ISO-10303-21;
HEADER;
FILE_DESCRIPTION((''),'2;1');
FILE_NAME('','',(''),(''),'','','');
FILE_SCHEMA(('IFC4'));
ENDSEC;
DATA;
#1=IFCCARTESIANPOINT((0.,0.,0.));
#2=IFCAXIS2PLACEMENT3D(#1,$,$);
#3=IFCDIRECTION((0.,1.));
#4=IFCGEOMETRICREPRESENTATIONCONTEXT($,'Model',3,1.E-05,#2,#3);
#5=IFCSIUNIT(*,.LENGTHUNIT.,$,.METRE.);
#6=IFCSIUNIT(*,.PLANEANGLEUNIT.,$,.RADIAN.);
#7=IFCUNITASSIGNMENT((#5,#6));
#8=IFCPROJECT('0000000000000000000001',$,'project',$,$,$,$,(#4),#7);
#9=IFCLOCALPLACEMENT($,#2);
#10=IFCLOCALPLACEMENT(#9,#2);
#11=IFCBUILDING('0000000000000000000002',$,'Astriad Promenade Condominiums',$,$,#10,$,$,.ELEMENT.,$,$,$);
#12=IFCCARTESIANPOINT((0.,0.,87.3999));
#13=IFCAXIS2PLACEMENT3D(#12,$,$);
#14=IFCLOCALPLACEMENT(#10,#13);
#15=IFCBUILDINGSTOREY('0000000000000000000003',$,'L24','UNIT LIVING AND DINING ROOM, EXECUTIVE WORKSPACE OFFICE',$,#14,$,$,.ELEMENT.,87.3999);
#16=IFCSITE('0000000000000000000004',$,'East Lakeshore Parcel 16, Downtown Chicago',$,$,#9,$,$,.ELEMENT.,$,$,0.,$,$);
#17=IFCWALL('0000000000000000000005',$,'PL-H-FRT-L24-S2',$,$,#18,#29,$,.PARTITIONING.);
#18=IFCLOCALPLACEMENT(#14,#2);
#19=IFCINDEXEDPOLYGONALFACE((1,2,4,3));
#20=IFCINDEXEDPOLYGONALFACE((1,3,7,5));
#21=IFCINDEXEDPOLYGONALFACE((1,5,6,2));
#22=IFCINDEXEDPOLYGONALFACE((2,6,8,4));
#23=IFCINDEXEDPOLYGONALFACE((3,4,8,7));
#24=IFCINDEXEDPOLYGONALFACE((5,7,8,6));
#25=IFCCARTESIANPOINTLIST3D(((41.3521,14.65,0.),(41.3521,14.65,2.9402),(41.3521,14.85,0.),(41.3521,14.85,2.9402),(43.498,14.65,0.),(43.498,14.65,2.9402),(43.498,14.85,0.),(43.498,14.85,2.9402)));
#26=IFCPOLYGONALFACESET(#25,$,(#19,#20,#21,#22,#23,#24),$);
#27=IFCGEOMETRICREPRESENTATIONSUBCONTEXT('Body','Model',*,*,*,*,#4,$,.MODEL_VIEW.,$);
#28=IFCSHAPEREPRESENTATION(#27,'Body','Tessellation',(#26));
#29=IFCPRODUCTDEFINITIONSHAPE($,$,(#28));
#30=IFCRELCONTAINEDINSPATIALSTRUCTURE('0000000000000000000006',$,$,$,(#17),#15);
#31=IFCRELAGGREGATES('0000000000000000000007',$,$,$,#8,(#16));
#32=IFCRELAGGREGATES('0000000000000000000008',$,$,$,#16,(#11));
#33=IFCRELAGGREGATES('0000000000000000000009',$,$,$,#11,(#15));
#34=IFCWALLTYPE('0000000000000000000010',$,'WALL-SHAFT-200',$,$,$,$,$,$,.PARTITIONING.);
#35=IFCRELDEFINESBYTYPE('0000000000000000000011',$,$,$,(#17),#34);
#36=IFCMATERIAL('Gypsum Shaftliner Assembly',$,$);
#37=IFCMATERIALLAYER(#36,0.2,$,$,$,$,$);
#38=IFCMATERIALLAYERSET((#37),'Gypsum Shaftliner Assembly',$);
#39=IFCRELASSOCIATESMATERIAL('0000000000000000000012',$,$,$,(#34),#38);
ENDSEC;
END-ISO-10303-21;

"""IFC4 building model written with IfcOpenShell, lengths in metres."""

from ifc_helpers import new_model, si_unit, direction, frame, frame_2d, origin, place, context, subcontext, project, spatial, rectangle, extrude, material, layer, layer_set, type_object, element, save


model = new_model("IFC4")

# Units and contexts
model_context = context("Model", 3, precision=1e-05, world=origin(), true_north=direction((0.0, 1.0)))
body_context = subcontext(model_context, "Body", "Model", "MODEL_VIEW")
ifc_project = project(units=[si_unit("LENGTHUNIT", "METRE"), si_unit("PLANEANGLEUNIT", "RADIAN")], contexts=[model_context])

# Site, building, storey
site_placement = place(None, origin())
site = spatial("IfcSite", under=ifc_project, at=site_placement, Name="East Lakeshore Parcel 16, Downtown Chicago", CompositionType="ELEMENT", RefElevation=0.0)
building_placement = place(site_placement, origin())
building = spatial("IfcBuilding", under=site, at=building_placement, Name="Astriad Promenade Condominiums", CompositionType="ELEMENT")
storey_placement = place(building_placement, frame((0.0, 0.0, 87.3999)))
storey = spatial("IfcBuildingStorey", under=building, at=storey_placement, Name="L24", Description="UNIT LIVING AND DINING ROOM, EXECUTIVE WORKSPACE OFFICE", CompositionType="ELEMENT", Elevation=87.3999)

# Wall
ifc_material_1 = material(Name="Gypsum Shaftliner Assembly")
ifc_layer_1 = layer(ifc_material_1, 0.2)
ifc_layer_set_1 = layer_set([ifc_layer_1], Name="Gypsum Shaftliner Assembly")
wall_type_1 = type_object("IfcWallType", Name="WALL-SHAFT-200", PredefinedType="PARTITIONING", material=ifc_layer_set_1)
for number, where, z_axis, x_axis, name in (
    (1, (41.3521, 14.75, 0.0), (0.0, 0.0, 1.0), (1.0, 0.0, 0.0), "PL-H-FRT-L24-S2"),
):
    element("IfcWall", number, at=place(storey_placement, frame(where, z_axis=z_axis, x_axis=x_axis)), inside=storey, type_object=wall_type_1, Name=name, PredefinedType="PARTITIONING", context=body_context, shape_type="SweptSolid", body=[
        extrude(rectangle(XDim=2.146, YDim=0.2, at=frame_2d((1.073, 0.0))), origin(), (0.0, 0.0, 1.0), 2.9402),
    ])

save(model, "model.ifc")
